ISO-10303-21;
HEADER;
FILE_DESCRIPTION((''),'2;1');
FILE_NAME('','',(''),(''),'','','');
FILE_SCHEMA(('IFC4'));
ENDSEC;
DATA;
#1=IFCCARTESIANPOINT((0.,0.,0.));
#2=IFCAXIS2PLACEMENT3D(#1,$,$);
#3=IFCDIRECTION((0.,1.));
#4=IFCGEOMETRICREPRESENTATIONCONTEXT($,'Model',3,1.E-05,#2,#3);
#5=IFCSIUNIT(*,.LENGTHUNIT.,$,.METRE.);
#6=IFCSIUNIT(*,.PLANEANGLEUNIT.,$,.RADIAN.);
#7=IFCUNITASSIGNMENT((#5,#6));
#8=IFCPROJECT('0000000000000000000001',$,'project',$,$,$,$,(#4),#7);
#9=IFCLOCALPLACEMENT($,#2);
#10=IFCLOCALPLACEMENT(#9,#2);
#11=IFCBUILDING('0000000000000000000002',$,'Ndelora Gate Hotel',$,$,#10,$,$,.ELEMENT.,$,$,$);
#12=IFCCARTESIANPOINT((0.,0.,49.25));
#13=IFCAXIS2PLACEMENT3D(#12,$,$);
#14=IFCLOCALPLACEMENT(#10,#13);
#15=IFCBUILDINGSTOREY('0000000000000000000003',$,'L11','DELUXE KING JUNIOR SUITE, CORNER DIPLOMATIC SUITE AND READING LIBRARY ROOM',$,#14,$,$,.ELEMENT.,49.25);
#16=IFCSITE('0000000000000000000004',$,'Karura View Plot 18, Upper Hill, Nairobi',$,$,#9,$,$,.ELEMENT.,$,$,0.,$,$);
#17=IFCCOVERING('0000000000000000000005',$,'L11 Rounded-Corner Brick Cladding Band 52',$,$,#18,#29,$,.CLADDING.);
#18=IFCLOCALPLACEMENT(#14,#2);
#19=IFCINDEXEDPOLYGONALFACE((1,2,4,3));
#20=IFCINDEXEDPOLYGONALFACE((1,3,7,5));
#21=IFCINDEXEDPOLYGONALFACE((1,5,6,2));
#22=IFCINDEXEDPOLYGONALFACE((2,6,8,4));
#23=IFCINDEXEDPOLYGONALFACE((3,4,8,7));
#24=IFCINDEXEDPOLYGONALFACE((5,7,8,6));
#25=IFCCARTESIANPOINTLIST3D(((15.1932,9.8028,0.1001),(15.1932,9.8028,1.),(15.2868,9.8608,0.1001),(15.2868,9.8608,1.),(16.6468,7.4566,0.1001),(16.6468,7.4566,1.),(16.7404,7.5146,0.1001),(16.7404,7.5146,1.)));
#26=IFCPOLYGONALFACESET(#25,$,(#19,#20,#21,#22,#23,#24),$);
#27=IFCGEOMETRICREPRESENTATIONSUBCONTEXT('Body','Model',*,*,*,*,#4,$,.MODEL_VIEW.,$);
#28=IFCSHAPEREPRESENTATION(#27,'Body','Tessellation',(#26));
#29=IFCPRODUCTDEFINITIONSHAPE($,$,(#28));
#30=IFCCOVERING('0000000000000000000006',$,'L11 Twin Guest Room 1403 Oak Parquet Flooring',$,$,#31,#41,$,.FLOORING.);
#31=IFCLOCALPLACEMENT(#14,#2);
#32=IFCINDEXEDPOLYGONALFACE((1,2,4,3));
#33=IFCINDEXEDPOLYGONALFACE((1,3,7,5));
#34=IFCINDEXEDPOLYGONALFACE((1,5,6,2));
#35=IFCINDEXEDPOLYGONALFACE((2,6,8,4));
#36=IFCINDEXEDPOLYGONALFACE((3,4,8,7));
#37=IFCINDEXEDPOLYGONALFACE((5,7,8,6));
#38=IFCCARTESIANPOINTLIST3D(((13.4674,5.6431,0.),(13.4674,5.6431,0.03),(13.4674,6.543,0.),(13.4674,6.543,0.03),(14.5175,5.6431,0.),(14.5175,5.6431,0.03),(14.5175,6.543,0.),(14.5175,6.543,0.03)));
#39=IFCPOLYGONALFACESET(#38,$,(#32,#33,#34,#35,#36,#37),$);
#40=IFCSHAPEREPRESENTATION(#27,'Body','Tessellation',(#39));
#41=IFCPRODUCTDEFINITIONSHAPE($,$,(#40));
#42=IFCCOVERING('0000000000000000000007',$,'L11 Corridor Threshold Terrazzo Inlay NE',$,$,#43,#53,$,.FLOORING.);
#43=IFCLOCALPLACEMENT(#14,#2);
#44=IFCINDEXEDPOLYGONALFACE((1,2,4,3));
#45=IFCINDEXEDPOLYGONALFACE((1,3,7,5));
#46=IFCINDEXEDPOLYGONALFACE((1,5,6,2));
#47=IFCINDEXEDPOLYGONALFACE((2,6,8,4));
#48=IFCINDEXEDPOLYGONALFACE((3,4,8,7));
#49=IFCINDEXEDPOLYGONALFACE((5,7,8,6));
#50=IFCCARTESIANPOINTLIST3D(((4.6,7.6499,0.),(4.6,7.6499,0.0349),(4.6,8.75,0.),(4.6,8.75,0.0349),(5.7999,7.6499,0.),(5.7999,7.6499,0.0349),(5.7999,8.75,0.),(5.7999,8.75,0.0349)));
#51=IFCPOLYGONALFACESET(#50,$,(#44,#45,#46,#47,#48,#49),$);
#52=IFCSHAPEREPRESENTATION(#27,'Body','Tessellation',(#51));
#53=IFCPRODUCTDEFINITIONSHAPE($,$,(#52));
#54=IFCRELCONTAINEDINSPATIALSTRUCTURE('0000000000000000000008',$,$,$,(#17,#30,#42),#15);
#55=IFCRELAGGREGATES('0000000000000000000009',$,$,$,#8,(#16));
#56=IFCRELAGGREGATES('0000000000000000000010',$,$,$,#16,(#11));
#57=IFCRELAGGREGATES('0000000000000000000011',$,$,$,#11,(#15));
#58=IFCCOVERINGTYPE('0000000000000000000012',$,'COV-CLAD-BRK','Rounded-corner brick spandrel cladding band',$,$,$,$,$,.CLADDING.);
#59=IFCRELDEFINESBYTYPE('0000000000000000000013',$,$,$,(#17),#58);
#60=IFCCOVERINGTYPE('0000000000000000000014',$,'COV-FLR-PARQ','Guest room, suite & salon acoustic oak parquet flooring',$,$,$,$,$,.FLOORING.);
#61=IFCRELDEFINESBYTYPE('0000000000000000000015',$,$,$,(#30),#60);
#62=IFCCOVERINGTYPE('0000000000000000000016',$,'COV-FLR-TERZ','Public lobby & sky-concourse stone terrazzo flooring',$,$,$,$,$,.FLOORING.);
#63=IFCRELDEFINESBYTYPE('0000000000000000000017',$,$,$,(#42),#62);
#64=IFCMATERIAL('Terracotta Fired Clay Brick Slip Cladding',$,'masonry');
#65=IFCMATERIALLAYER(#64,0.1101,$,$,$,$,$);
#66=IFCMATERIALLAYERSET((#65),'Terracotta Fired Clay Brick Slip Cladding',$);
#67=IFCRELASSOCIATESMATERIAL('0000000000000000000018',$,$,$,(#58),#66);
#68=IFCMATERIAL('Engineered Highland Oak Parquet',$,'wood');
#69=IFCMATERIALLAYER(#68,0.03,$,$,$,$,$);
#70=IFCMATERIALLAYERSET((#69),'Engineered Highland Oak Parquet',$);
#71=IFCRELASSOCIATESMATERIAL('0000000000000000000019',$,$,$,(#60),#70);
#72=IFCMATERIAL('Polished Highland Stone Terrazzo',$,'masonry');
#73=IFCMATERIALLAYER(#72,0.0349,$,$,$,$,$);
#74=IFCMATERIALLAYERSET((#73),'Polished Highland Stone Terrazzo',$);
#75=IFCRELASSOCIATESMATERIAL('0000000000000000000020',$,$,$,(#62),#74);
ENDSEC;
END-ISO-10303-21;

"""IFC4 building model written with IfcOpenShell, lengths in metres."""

from ifc_helpers import new_model, si_unit, direction, frame, origin, origin_2d, place, context, subcontext, project, spatial, rectangle, extrude, material, layer, layer_set, type_object, element, save


model = new_model("IFC4")

# Units and contexts
model_context = context("Model", 3, precision=1e-05, world=origin(), true_north=direction((0.0, 1.0)))
body_context = subcontext(model_context, "Body", "Model", "MODEL_VIEW")
ifc_project = project(units=[si_unit("LENGTHUNIT", "METRE"), si_unit("PLANEANGLEUNIT", "RADIAN")], contexts=[model_context])

# Site, building, storey
site_placement = place(None, origin())
site = spatial("IfcSite", under=ifc_project, at=site_placement, Name="Karura View Plot 18, Upper Hill, Nairobi", CompositionType="ELEMENT", RefElevation=0.0)
building_placement = place(site_placement, origin())
building = spatial("IfcBuilding", under=site, at=building_placement, Name="Ndelora Gate Hotel", CompositionType="ELEMENT")
storey_placement = place(building_placement, frame((0.0, 0.0, 49.25)))
storey = spatial("IfcBuildingStorey", under=building, at=storey_placement, Name="L11", Description="DELUXE KING JUNIOR SUITE, CORNER DIPLOMATIC SUITE AND READING LIBRARY ROOM", CompositionType="ELEMENT", Elevation=49.25)

# Coverings
ifc_material_1 = material(Name="Terracotta Fired Clay Brick Slip Cladding", Category="masonry")
ifc_layer_1 = layer(ifc_material_1, 0.1101)
ifc_layer_set_1 = layer_set([ifc_layer_1], Name="Terracotta Fired Clay Brick Slip Cladding")
covering_type_1 = type_object("IfcCoveringType", Name="COV-CLAD-BRK", Description="Rounded-corner brick spandrel cladding band", PredefinedType="CLADDING", material=ifc_layer_set_1)
covering_1_placement = place(storey_placement, frame((15.9668, 8.6587, 0.1001), z_axis=(0.0, 0.0, 1.0), x_axis=(-0.526659, 0.850077, 0.0)))
element("IfcCovering", 1, at=covering_1_placement, inside=storey, type_object=covering_type_1, Name="L11 Rounded-Corner Brick Cladding Band 52", PredefinedType="CLADDING", context=body_context, shape_type="SweptSolid", body=[
    extrude(rectangle(XDim=2.76, YDim=0.1101, at=origin_2d()), origin(), (0.0, 0.0, 1.0), 0.8999),
])
ifc_material_2 = material(Name="Engineered Highland Oak Parquet", Category="wood")
ifc_layer_2 = layer(ifc_material_2, 0.03)
ifc_layer_set_2 = layer_set([ifc_layer_2], Name="Engineered Highland Oak Parquet")
covering_type_2 = type_object("IfcCoveringType", Name="COV-FLR-PARQ", Description="Guest room, suite & salon acoustic oak parquet flooring", PredefinedType="FLOORING", material=ifc_layer_set_2)
covering_2_placement = place(storey_placement, frame((13.9924, 6.093, 0.0), z_axis=(0.0, 0.0, 1.0), x_axis=(1.0, 0.0, 0.0)))
element("IfcCovering", 2, at=covering_2_placement, inside=storey, type_object=covering_type_2, Name="L11 Twin Guest Room 1403 Oak Parquet Flooring", PredefinedType="FLOORING", context=body_context, shape_type="SweptSolid", body=[
    extrude(rectangle(XDim=1.05, YDim=0.8999, at=origin_2d()), origin(), (0.0, 0.0, 1.0), 0.03),
])
ifc_material_3 = material(Name="Polished Highland Stone Terrazzo", Category="masonry")
ifc_layer_3 = layer(ifc_material_3, 0.0349)
ifc_layer_set_3 = layer_set([ifc_layer_3], Name="Polished Highland Stone Terrazzo")
covering_type_3 = type_object("IfcCoveringType", Name="COV-FLR-TERZ", Description="Public lobby & sky-concourse stone terrazzo flooring", PredefinedType="FLOORING", material=ifc_layer_set_3)
covering_3_placement = place(storey_placement, frame((5.2, 8.2, 0.0), z_axis=(0.0, 0.0, 1.0), x_axis=(1.0, 0.0, 0.0)))
element("IfcCovering", 3, at=covering_3_placement, inside=storey, type_object=covering_type_3, Name="L11 Corridor Threshold Terrazzo Inlay NE", PredefinedType="FLOORING", context=body_context, shape_type="SweptSolid", body=[
    extrude(rectangle(XDim=1.2, YDim=1.1001, at=origin_2d()), origin(), (0.0, 0.0, 1.0), 0.0349),
])

save(model, "model.ifc")
